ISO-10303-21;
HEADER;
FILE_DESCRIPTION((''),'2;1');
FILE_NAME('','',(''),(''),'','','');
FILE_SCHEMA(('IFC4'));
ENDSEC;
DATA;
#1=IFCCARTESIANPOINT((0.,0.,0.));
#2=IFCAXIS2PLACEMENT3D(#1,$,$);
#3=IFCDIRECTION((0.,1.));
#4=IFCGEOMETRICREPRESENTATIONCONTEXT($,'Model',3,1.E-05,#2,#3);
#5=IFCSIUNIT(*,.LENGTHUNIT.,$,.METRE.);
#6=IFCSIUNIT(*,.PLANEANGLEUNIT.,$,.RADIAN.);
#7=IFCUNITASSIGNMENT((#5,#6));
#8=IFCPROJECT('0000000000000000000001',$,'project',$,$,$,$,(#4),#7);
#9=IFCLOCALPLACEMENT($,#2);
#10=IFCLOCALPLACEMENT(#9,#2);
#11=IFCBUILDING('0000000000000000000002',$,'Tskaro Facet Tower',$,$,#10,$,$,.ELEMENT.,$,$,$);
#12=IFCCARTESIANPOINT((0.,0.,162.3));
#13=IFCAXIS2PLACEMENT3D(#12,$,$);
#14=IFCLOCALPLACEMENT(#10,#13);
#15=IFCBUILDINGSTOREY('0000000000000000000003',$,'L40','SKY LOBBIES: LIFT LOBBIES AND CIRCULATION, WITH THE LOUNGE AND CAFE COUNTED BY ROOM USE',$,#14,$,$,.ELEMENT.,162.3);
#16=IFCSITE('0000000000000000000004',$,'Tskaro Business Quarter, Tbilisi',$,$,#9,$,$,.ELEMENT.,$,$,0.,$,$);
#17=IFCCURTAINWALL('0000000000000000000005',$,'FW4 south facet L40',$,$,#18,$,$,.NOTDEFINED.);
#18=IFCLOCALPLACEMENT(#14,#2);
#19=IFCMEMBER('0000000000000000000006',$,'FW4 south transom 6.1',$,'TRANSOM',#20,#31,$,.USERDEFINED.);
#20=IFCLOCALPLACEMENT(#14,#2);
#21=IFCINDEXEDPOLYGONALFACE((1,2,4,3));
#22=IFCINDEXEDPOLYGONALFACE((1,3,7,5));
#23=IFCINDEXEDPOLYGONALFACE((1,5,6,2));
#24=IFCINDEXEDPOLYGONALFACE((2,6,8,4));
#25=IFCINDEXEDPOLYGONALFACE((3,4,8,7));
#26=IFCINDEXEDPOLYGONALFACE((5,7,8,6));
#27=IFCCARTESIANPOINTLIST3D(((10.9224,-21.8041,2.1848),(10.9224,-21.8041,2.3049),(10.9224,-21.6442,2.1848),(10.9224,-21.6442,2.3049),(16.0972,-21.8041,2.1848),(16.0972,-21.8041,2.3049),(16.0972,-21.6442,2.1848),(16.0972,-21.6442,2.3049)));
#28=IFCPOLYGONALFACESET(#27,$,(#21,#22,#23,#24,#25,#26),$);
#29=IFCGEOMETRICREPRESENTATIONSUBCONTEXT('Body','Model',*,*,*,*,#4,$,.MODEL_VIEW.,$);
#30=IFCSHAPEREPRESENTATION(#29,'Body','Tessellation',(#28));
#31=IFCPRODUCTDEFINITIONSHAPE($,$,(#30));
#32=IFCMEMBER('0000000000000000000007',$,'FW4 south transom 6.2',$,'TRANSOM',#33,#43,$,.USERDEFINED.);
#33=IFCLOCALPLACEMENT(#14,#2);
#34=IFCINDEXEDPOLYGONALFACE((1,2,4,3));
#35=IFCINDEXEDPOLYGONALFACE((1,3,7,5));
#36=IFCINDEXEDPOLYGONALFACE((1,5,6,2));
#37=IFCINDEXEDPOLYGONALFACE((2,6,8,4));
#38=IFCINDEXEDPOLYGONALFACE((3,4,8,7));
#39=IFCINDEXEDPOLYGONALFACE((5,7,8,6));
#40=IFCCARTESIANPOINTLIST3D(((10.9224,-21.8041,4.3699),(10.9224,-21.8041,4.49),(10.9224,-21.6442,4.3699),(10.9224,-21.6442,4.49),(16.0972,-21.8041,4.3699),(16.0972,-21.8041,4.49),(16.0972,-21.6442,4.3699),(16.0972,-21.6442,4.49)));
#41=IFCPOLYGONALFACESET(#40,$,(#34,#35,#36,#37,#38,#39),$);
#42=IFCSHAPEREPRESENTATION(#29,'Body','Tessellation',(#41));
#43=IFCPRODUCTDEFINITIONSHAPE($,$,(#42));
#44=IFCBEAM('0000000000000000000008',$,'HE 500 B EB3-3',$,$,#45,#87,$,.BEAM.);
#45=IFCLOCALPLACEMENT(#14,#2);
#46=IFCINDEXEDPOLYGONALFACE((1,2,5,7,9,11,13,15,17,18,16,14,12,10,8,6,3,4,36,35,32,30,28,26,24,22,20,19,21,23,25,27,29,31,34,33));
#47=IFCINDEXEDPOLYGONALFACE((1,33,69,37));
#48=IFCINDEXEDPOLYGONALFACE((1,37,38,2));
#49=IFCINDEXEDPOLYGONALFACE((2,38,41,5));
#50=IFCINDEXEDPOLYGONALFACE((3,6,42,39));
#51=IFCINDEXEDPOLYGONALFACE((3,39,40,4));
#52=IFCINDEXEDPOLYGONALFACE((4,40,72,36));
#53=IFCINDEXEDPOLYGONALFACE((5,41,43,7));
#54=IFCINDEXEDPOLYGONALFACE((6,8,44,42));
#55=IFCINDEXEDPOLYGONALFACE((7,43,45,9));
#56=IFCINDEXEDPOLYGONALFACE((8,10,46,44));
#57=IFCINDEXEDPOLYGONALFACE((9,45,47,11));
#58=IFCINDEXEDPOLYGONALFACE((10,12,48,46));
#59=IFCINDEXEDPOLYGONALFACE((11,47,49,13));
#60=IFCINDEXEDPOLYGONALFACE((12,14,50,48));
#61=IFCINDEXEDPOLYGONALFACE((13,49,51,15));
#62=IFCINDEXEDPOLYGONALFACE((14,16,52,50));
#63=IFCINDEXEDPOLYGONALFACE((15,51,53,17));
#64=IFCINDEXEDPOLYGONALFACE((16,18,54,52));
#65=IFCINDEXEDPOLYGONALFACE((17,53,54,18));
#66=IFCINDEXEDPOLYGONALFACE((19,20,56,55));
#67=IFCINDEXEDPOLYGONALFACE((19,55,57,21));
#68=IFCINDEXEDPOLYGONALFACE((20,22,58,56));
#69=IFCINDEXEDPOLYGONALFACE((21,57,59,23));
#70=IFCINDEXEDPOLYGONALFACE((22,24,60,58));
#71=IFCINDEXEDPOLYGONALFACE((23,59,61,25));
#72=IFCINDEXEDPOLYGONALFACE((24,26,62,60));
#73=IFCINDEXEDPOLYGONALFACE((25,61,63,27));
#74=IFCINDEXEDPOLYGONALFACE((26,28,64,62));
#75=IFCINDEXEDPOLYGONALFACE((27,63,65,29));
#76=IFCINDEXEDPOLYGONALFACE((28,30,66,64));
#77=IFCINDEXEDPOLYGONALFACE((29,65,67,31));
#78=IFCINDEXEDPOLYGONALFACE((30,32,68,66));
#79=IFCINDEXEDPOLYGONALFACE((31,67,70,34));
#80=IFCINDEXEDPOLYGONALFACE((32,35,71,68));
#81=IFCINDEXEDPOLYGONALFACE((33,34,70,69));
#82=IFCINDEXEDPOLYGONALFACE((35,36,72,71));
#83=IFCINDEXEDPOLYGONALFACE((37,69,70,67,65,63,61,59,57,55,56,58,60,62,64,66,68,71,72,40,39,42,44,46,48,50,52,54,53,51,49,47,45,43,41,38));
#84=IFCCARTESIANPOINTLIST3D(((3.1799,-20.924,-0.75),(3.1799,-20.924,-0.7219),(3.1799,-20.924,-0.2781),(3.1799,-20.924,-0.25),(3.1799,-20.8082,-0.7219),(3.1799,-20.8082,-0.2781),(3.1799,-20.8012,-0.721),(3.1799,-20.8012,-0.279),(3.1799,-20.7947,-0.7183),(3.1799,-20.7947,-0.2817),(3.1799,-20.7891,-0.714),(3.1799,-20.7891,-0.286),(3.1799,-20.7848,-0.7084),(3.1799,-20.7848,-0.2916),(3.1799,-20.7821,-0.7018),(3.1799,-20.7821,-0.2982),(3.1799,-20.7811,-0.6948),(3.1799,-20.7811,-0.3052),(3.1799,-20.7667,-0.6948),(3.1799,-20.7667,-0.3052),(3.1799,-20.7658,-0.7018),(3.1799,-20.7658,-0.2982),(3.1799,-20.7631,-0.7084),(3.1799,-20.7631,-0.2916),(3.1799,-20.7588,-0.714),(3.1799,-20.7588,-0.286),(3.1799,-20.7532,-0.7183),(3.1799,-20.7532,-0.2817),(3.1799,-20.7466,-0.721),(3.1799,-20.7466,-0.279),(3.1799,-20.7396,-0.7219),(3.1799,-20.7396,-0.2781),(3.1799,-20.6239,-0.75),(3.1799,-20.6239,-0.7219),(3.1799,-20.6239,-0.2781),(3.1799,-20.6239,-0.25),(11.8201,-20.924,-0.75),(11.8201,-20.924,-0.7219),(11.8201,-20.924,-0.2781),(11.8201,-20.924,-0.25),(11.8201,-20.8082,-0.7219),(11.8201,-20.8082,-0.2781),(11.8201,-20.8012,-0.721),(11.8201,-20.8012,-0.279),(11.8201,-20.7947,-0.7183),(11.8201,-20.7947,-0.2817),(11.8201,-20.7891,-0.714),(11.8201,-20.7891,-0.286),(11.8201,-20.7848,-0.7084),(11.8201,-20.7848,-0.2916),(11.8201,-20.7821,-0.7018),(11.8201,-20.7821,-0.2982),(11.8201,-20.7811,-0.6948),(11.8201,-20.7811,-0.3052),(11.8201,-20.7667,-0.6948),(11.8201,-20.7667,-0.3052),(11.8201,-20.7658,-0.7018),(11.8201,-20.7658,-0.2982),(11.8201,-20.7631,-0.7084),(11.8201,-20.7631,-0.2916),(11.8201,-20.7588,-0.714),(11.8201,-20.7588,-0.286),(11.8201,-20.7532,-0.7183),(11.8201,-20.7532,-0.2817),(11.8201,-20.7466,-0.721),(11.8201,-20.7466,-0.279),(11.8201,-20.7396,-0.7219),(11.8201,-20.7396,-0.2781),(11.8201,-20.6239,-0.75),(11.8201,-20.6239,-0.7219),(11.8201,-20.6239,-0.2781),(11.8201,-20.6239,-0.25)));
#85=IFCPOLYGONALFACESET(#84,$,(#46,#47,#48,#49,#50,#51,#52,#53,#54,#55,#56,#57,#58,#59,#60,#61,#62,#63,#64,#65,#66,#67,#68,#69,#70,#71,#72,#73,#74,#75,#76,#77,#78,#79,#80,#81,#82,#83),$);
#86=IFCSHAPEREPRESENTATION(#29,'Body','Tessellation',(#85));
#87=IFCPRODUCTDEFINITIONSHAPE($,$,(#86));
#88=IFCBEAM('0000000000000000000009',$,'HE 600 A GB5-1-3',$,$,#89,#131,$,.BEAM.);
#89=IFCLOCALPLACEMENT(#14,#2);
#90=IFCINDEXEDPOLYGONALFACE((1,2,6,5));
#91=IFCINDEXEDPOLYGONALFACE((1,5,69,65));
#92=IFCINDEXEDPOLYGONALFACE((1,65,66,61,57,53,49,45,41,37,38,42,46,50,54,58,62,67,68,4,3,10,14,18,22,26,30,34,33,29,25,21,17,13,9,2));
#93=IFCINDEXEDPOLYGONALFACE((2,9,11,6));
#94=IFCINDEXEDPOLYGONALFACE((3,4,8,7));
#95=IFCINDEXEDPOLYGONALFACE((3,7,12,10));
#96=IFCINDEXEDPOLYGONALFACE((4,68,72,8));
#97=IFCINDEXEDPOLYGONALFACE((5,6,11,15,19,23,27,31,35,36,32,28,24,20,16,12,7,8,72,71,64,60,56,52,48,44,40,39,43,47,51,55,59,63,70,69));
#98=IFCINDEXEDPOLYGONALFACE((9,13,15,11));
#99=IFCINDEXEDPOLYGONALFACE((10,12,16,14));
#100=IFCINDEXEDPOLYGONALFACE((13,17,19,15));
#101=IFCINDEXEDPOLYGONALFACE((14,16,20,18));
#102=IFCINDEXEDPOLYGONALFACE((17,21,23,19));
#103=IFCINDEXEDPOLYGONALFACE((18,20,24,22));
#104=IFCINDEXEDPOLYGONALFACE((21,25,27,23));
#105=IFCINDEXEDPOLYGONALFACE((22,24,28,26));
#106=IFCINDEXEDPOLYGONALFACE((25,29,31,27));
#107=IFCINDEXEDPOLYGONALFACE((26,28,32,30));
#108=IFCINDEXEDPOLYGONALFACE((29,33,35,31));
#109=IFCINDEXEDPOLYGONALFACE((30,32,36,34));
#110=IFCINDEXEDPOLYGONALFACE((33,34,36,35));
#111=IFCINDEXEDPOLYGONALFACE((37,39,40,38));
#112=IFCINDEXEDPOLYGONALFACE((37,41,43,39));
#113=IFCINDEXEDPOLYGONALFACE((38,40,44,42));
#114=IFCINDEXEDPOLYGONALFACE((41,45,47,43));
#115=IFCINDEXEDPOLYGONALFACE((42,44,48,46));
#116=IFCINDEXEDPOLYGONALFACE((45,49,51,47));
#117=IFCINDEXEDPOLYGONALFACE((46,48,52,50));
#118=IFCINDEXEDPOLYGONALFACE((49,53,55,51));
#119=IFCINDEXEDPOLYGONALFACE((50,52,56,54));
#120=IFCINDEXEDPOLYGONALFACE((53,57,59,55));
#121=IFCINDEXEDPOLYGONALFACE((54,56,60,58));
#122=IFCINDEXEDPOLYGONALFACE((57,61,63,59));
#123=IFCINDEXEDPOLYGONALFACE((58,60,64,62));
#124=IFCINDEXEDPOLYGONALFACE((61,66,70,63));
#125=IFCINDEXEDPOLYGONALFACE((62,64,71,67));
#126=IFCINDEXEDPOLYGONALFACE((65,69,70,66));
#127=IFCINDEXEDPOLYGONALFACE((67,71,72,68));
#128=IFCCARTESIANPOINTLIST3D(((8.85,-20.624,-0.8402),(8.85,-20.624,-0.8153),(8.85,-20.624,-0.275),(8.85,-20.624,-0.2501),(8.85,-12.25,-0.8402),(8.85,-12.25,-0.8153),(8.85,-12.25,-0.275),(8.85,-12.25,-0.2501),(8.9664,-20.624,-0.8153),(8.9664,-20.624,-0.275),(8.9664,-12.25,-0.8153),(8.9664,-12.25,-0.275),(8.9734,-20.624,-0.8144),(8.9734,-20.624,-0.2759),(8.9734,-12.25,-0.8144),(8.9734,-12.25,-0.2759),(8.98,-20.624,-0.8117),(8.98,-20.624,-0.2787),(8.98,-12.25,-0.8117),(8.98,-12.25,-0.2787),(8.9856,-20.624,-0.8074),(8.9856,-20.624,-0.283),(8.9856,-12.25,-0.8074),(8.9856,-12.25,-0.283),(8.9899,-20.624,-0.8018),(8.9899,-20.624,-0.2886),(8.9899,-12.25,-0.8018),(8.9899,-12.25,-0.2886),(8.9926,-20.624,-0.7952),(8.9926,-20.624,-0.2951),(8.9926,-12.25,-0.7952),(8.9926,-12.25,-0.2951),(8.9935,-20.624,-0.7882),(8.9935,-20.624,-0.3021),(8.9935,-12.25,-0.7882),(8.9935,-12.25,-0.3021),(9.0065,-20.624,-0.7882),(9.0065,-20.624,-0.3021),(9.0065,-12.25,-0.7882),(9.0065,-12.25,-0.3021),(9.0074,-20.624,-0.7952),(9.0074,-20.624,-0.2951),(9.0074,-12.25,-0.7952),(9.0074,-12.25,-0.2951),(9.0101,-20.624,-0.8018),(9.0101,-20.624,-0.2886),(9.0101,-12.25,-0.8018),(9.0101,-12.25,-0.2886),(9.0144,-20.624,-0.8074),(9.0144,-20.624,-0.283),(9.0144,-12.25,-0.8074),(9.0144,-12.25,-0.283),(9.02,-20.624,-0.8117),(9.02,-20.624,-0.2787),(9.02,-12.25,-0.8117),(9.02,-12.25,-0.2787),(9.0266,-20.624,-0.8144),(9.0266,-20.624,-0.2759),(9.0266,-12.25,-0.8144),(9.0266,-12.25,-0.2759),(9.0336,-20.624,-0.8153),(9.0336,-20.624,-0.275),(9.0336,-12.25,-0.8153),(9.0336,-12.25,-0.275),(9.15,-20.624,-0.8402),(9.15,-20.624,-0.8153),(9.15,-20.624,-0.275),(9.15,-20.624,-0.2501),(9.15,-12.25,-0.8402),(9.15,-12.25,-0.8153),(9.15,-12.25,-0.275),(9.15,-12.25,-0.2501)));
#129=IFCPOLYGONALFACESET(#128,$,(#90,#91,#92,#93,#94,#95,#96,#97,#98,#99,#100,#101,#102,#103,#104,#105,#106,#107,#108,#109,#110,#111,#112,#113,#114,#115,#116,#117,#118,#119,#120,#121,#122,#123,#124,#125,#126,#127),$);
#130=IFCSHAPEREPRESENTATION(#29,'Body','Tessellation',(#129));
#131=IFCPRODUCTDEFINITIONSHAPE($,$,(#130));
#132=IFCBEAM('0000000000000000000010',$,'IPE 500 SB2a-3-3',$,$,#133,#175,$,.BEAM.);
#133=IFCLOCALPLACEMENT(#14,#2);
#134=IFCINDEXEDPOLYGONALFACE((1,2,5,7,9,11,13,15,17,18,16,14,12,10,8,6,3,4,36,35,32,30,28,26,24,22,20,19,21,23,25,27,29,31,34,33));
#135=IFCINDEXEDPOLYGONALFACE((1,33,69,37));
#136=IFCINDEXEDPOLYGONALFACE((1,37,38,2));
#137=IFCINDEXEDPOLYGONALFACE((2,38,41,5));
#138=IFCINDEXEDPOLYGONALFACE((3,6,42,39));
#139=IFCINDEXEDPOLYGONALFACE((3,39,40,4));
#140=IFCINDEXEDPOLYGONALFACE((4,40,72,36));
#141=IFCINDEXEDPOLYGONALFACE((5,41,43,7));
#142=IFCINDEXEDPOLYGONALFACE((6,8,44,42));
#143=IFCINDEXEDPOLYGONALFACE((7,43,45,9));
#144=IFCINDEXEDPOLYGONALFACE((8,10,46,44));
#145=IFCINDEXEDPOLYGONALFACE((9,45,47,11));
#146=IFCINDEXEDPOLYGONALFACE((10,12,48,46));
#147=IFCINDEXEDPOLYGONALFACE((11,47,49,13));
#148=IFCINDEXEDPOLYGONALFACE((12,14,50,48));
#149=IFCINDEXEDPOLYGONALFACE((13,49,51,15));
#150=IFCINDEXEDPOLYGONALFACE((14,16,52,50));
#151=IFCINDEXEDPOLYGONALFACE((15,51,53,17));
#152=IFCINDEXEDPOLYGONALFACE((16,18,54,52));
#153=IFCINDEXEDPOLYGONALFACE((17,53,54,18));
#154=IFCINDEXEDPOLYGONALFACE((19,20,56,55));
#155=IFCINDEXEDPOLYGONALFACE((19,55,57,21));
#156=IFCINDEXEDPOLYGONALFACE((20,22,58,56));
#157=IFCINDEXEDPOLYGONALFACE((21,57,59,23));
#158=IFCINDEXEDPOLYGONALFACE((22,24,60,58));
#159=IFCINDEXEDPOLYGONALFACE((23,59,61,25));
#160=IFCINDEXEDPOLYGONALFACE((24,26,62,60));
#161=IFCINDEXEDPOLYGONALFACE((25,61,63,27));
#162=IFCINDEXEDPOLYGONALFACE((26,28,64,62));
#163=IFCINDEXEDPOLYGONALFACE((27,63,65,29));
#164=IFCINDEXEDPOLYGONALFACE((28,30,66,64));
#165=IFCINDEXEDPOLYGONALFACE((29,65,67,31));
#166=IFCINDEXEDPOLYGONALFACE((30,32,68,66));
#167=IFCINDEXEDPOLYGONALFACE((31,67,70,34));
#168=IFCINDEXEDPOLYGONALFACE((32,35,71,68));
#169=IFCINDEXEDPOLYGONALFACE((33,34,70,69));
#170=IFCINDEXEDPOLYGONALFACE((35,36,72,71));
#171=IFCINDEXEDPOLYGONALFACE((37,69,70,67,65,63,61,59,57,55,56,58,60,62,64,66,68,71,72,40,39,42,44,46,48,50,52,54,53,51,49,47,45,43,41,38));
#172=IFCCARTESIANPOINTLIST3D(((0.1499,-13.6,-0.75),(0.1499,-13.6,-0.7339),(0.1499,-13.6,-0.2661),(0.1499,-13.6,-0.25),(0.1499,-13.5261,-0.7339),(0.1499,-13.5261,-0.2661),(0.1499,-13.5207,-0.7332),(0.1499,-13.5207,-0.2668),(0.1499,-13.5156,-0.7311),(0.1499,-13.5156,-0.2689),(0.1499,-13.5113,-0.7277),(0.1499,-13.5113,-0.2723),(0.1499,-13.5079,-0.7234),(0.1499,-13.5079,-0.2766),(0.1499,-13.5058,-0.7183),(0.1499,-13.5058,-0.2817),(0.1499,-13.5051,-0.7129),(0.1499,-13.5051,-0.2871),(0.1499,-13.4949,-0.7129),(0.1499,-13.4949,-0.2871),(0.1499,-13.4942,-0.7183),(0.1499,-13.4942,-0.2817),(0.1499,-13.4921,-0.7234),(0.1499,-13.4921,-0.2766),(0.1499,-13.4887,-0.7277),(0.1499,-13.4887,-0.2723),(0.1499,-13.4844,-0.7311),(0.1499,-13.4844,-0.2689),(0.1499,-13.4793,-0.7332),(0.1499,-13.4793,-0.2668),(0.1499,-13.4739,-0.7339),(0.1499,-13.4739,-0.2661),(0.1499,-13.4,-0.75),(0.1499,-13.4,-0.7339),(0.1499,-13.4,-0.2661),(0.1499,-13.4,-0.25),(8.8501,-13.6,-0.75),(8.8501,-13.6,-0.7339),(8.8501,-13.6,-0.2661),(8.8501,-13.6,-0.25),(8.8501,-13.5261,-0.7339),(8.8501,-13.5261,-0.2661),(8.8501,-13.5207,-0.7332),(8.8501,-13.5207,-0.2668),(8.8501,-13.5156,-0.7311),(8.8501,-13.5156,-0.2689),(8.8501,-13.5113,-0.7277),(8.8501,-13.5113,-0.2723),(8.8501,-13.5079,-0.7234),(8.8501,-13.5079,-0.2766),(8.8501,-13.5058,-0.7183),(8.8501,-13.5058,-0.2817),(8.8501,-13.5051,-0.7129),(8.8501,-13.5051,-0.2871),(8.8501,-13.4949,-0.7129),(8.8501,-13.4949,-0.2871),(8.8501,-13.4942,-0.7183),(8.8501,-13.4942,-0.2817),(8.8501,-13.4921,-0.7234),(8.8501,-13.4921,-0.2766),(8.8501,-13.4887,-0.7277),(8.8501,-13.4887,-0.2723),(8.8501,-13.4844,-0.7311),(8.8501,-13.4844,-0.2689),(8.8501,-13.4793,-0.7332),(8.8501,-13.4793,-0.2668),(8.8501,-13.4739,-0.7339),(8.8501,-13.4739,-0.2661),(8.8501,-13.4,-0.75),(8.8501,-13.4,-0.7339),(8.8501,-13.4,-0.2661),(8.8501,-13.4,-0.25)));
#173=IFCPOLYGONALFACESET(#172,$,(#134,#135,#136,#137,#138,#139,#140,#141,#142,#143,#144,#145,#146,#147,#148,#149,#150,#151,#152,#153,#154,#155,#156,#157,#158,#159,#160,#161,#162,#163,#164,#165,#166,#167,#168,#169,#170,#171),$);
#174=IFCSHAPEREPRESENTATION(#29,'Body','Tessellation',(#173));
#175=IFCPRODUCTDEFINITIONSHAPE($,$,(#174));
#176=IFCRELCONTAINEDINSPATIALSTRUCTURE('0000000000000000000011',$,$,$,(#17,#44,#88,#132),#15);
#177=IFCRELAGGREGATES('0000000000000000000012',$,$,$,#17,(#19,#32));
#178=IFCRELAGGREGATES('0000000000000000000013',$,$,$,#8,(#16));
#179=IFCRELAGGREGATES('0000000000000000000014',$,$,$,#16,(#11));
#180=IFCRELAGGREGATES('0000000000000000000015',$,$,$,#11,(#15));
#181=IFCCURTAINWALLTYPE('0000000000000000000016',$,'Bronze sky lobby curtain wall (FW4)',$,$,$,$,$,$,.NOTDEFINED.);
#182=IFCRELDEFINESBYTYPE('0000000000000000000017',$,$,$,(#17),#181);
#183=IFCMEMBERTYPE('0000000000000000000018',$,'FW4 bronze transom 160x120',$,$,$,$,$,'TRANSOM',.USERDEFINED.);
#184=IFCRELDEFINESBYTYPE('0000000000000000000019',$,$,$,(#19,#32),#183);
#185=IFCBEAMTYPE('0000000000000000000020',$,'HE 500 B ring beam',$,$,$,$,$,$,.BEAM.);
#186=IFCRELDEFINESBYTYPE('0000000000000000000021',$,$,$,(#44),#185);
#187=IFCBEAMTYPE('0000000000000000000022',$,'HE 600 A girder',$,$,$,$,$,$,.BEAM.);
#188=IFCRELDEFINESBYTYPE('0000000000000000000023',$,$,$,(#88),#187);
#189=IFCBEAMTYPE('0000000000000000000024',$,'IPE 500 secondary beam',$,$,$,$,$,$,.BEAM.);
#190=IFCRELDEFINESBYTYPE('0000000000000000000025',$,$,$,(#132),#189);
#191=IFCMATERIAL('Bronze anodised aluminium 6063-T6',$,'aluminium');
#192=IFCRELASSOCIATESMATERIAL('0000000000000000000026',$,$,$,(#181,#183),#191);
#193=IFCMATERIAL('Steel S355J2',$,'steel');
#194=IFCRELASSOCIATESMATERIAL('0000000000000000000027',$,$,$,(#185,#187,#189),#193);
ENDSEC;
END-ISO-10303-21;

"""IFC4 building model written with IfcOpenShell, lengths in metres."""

from ifc_helpers import new_model, si_unit, direction, frame, origin, origin_2d, place, context, subcontext, project, spatial, rectangle, i_section, extrude, material, material_profile, profile_set, type_object, element, aggregate, save


model = new_model("IFC4")

# Units and contexts
model_context = context("Model", 3, precision=1e-05, world=origin(), true_north=direction((0.0, 1.0)))
body_context = subcontext(model_context, "Body", "Model", "MODEL_VIEW")
ifc_project = project(units=[si_unit("LENGTHUNIT", "METRE"), si_unit("PLANEANGLEUNIT", "RADIAN")], contexts=[model_context])

# Site, building, storey
site_placement = place(None, origin())
site = spatial("IfcSite", under=ifc_project, at=site_placement, Name="Tskaro Business Quarter, Tbilisi", CompositionType="ELEMENT", RefElevation=0.0)
building_placement = place(site_placement, origin())
building = spatial("IfcBuilding", under=site, at=building_placement, Name="Tskaro Facet Tower", CompositionType="ELEMENT")
storey_placement = place(building_placement, frame((0.0, 0.0, 162.3)))
storey = spatial("IfcBuildingStorey", under=building, at=storey_placement, Name="L40", Description="SKY LOBBIES: LIFT LOBBIES AND CIRCULATION, WITH THE LOUNGE AND CAFE COUNTED BY ROOM USE", CompositionType="ELEMENT", Elevation=162.3)

# Curtain wall, members
ifc_material_1 = material(Name="Bronze anodised aluminium 6063-T6", Category="aluminium")
curtain_wall_type = type_object("IfcCurtainWallType", Name="Bronze sky lobby curtain wall (FW4)", PredefinedType="NOTDEFINED", material=ifc_material_1)
curtain_wall_placement = place(storey_placement, origin())
curtain_wall = element("IfcCurtainWall", 1, at=curtain_wall_placement, inside=storey, type_object=curtain_wall_type, Name="FW4 south facet L40", PredefinedType="NOTDEFINED")
ifc_material_profile_1 = material_profile(ifc_material_1, rectangle(XDim=0.1599, YDim=0.1201, at=origin_2d()), Name="Transom 160x120")
ifc_profile_set_1 = profile_set([ifc_material_profile_1], Name="Bronze anodised aluminium 6063-T6")
member_type_1 = type_object("IfcMemberType", Name="FW4 bronze transom 160x120", ElementType="TRANSOM", PredefinedType="USERDEFINED", material=ifc_profile_set_1)
member_1_placement = place(storey_placement, frame((10.9224, -21.7241, 2.2449), z_axis=(1.0, 0.0, 0.0), x_axis=(0.0, 1.0, 0.0)))
member_1 = element("IfcMember", 2, at=member_1_placement, type_object=member_type_1, Name="FW4 south transom 6.1", ObjectType="TRANSOM", PredefinedType="USERDEFINED", context=body_context, shape_type="SweptSolid", body=[
    extrude(rectangle(XDim=0.1599, YDim=0.1201, at=origin_2d()), origin(), (0.0, 0.0, 1.0), 5.1748),
])
member_2_placement = place(storey_placement, frame((10.9224, -21.7241, 4.4299), z_axis=(1.0, 0.0, 0.0), x_axis=(0.0, 1.0, 0.0)))
member_2 = element("IfcMember", 3, at=member_2_placement, type_object=member_type_1, Name="FW4 south transom 6.2", ObjectType="TRANSOM", PredefinedType="USERDEFINED", context=body_context, shape_type="SweptSolid", body=[
    extrude(rectangle(XDim=0.1599, YDim=0.1201, at=origin_2d()), origin(), (0.0, 0.0, 1.0), 5.1748),
])

# Beams
ifc_material_2 = material(Name="Steel S355J2", Category="steel")
ifc_material_profile_2 = material_profile(ifc_material_2, i_section(OverallWidth=0.3, OverallDepth=0.5, WebThickness=0.0144, FlangeThickness=0.0281, FilletRadius=0.0271, at=origin_2d()), Name="HE 500 B")
ifc_profile_set_2 = profile_set([ifc_material_profile_2], Name="Steel S355J2")
beam_type_1 = type_object("IfcBeamType", Name="HE 500 B ring beam", PredefinedType="BEAM", material=ifc_profile_set_2)
beam_1_placement = place(storey_placement, frame((3.1799, -20.7739, -0.5), z_axis=(1.0, 0.0, 0.0), x_axis=(0.0, 1.0, 0.0)))
element("IfcBeam", 4, at=beam_1_placement, inside=storey, type_object=beam_type_1, Name="HE 500 B EB3-3", PredefinedType="BEAM", context=body_context, shape_type="SweptSolid", body=[
    extrude(i_section(OverallWidth=0.3, OverallDepth=0.5, WebThickness=0.0144, FlangeThickness=0.0281, FilletRadius=0.0271, at=origin_2d()), origin(), (0.0, 0.0, 1.0), 8.6401),
])
ifc_material_profile_3 = material_profile(ifc_material_2, i_section(OverallWidth=0.3, OverallDepth=0.5901, WebThickness=0.0129, FlangeThickness=0.0249, FilletRadius=0.0271, at=origin_2d()), Name="HE 600 A")
ifc_profile_set_3 = profile_set([ifc_material_profile_3], Name="Steel S355J2")
beam_type_2 = type_object("IfcBeamType", Name="HE 600 A girder", PredefinedType="BEAM", material=ifc_profile_set_3)
beam_2_placement = place(storey_placement, frame((9.0, -20.624, -0.5452), z_axis=(0.0, 1.0, 0.0), x_axis=(-1.0, 0.0, 0.0)))
element("IfcBeam", 5, at=beam_2_placement, inside=storey, type_object=beam_type_2, Name="HE 600 A GB5-1-3", PredefinedType="BEAM", context=body_context, shape_type="SweptSolid", body=[
    extrude(i_section(OverallWidth=0.3, OverallDepth=0.5901, WebThickness=0.0129, FlangeThickness=0.0249, FilletRadius=0.0271, at=origin_2d()), origin(), (0.0, 0.0, 1.0), 8.374),
])
ifc_material_profile_4 = material_profile(ifc_material_2, i_section(OverallWidth=0.2, OverallDepth=0.5, WebThickness=0.0103, FlangeThickness=0.0161, FilletRadius=0.021, at=origin_2d()), Name="IPE 500")
ifc_profile_set_4 = profile_set([ifc_material_profile_4], Name="Steel S355J2")
beam_type_3 = type_object("IfcBeamType", Name="IPE 500 secondary beam", PredefinedType="BEAM", material=ifc_profile_set_4)
for number, where, z_axis, x_axis, name in (
    (6, (0.1499, -13.5, -0.5), (1.0, 0.0, 0.0), (0.0, 1.0, 0.0), "IPE 500 SB2a-3-3"),
):
    element("IfcBeam", number, at=place(storey_placement, frame(where, z_axis=z_axis, x_axis=x_axis)), inside=storey, type_object=beam_type_3, Name=name, PredefinedType="BEAM", context=body_context, shape_type="SweptSolid", body=[
        extrude(i_section(OverallWidth=0.2, OverallDepth=0.5, WebThickness=0.0103, FlangeThickness=0.0161, FilletRadius=0.021, at=origin_2d()), origin(), (0.0, 0.0, 1.0), 8.7002),
    ])

aggregate(curtain_wall, [member_1, member_2])

save(model, "model.ifc")
